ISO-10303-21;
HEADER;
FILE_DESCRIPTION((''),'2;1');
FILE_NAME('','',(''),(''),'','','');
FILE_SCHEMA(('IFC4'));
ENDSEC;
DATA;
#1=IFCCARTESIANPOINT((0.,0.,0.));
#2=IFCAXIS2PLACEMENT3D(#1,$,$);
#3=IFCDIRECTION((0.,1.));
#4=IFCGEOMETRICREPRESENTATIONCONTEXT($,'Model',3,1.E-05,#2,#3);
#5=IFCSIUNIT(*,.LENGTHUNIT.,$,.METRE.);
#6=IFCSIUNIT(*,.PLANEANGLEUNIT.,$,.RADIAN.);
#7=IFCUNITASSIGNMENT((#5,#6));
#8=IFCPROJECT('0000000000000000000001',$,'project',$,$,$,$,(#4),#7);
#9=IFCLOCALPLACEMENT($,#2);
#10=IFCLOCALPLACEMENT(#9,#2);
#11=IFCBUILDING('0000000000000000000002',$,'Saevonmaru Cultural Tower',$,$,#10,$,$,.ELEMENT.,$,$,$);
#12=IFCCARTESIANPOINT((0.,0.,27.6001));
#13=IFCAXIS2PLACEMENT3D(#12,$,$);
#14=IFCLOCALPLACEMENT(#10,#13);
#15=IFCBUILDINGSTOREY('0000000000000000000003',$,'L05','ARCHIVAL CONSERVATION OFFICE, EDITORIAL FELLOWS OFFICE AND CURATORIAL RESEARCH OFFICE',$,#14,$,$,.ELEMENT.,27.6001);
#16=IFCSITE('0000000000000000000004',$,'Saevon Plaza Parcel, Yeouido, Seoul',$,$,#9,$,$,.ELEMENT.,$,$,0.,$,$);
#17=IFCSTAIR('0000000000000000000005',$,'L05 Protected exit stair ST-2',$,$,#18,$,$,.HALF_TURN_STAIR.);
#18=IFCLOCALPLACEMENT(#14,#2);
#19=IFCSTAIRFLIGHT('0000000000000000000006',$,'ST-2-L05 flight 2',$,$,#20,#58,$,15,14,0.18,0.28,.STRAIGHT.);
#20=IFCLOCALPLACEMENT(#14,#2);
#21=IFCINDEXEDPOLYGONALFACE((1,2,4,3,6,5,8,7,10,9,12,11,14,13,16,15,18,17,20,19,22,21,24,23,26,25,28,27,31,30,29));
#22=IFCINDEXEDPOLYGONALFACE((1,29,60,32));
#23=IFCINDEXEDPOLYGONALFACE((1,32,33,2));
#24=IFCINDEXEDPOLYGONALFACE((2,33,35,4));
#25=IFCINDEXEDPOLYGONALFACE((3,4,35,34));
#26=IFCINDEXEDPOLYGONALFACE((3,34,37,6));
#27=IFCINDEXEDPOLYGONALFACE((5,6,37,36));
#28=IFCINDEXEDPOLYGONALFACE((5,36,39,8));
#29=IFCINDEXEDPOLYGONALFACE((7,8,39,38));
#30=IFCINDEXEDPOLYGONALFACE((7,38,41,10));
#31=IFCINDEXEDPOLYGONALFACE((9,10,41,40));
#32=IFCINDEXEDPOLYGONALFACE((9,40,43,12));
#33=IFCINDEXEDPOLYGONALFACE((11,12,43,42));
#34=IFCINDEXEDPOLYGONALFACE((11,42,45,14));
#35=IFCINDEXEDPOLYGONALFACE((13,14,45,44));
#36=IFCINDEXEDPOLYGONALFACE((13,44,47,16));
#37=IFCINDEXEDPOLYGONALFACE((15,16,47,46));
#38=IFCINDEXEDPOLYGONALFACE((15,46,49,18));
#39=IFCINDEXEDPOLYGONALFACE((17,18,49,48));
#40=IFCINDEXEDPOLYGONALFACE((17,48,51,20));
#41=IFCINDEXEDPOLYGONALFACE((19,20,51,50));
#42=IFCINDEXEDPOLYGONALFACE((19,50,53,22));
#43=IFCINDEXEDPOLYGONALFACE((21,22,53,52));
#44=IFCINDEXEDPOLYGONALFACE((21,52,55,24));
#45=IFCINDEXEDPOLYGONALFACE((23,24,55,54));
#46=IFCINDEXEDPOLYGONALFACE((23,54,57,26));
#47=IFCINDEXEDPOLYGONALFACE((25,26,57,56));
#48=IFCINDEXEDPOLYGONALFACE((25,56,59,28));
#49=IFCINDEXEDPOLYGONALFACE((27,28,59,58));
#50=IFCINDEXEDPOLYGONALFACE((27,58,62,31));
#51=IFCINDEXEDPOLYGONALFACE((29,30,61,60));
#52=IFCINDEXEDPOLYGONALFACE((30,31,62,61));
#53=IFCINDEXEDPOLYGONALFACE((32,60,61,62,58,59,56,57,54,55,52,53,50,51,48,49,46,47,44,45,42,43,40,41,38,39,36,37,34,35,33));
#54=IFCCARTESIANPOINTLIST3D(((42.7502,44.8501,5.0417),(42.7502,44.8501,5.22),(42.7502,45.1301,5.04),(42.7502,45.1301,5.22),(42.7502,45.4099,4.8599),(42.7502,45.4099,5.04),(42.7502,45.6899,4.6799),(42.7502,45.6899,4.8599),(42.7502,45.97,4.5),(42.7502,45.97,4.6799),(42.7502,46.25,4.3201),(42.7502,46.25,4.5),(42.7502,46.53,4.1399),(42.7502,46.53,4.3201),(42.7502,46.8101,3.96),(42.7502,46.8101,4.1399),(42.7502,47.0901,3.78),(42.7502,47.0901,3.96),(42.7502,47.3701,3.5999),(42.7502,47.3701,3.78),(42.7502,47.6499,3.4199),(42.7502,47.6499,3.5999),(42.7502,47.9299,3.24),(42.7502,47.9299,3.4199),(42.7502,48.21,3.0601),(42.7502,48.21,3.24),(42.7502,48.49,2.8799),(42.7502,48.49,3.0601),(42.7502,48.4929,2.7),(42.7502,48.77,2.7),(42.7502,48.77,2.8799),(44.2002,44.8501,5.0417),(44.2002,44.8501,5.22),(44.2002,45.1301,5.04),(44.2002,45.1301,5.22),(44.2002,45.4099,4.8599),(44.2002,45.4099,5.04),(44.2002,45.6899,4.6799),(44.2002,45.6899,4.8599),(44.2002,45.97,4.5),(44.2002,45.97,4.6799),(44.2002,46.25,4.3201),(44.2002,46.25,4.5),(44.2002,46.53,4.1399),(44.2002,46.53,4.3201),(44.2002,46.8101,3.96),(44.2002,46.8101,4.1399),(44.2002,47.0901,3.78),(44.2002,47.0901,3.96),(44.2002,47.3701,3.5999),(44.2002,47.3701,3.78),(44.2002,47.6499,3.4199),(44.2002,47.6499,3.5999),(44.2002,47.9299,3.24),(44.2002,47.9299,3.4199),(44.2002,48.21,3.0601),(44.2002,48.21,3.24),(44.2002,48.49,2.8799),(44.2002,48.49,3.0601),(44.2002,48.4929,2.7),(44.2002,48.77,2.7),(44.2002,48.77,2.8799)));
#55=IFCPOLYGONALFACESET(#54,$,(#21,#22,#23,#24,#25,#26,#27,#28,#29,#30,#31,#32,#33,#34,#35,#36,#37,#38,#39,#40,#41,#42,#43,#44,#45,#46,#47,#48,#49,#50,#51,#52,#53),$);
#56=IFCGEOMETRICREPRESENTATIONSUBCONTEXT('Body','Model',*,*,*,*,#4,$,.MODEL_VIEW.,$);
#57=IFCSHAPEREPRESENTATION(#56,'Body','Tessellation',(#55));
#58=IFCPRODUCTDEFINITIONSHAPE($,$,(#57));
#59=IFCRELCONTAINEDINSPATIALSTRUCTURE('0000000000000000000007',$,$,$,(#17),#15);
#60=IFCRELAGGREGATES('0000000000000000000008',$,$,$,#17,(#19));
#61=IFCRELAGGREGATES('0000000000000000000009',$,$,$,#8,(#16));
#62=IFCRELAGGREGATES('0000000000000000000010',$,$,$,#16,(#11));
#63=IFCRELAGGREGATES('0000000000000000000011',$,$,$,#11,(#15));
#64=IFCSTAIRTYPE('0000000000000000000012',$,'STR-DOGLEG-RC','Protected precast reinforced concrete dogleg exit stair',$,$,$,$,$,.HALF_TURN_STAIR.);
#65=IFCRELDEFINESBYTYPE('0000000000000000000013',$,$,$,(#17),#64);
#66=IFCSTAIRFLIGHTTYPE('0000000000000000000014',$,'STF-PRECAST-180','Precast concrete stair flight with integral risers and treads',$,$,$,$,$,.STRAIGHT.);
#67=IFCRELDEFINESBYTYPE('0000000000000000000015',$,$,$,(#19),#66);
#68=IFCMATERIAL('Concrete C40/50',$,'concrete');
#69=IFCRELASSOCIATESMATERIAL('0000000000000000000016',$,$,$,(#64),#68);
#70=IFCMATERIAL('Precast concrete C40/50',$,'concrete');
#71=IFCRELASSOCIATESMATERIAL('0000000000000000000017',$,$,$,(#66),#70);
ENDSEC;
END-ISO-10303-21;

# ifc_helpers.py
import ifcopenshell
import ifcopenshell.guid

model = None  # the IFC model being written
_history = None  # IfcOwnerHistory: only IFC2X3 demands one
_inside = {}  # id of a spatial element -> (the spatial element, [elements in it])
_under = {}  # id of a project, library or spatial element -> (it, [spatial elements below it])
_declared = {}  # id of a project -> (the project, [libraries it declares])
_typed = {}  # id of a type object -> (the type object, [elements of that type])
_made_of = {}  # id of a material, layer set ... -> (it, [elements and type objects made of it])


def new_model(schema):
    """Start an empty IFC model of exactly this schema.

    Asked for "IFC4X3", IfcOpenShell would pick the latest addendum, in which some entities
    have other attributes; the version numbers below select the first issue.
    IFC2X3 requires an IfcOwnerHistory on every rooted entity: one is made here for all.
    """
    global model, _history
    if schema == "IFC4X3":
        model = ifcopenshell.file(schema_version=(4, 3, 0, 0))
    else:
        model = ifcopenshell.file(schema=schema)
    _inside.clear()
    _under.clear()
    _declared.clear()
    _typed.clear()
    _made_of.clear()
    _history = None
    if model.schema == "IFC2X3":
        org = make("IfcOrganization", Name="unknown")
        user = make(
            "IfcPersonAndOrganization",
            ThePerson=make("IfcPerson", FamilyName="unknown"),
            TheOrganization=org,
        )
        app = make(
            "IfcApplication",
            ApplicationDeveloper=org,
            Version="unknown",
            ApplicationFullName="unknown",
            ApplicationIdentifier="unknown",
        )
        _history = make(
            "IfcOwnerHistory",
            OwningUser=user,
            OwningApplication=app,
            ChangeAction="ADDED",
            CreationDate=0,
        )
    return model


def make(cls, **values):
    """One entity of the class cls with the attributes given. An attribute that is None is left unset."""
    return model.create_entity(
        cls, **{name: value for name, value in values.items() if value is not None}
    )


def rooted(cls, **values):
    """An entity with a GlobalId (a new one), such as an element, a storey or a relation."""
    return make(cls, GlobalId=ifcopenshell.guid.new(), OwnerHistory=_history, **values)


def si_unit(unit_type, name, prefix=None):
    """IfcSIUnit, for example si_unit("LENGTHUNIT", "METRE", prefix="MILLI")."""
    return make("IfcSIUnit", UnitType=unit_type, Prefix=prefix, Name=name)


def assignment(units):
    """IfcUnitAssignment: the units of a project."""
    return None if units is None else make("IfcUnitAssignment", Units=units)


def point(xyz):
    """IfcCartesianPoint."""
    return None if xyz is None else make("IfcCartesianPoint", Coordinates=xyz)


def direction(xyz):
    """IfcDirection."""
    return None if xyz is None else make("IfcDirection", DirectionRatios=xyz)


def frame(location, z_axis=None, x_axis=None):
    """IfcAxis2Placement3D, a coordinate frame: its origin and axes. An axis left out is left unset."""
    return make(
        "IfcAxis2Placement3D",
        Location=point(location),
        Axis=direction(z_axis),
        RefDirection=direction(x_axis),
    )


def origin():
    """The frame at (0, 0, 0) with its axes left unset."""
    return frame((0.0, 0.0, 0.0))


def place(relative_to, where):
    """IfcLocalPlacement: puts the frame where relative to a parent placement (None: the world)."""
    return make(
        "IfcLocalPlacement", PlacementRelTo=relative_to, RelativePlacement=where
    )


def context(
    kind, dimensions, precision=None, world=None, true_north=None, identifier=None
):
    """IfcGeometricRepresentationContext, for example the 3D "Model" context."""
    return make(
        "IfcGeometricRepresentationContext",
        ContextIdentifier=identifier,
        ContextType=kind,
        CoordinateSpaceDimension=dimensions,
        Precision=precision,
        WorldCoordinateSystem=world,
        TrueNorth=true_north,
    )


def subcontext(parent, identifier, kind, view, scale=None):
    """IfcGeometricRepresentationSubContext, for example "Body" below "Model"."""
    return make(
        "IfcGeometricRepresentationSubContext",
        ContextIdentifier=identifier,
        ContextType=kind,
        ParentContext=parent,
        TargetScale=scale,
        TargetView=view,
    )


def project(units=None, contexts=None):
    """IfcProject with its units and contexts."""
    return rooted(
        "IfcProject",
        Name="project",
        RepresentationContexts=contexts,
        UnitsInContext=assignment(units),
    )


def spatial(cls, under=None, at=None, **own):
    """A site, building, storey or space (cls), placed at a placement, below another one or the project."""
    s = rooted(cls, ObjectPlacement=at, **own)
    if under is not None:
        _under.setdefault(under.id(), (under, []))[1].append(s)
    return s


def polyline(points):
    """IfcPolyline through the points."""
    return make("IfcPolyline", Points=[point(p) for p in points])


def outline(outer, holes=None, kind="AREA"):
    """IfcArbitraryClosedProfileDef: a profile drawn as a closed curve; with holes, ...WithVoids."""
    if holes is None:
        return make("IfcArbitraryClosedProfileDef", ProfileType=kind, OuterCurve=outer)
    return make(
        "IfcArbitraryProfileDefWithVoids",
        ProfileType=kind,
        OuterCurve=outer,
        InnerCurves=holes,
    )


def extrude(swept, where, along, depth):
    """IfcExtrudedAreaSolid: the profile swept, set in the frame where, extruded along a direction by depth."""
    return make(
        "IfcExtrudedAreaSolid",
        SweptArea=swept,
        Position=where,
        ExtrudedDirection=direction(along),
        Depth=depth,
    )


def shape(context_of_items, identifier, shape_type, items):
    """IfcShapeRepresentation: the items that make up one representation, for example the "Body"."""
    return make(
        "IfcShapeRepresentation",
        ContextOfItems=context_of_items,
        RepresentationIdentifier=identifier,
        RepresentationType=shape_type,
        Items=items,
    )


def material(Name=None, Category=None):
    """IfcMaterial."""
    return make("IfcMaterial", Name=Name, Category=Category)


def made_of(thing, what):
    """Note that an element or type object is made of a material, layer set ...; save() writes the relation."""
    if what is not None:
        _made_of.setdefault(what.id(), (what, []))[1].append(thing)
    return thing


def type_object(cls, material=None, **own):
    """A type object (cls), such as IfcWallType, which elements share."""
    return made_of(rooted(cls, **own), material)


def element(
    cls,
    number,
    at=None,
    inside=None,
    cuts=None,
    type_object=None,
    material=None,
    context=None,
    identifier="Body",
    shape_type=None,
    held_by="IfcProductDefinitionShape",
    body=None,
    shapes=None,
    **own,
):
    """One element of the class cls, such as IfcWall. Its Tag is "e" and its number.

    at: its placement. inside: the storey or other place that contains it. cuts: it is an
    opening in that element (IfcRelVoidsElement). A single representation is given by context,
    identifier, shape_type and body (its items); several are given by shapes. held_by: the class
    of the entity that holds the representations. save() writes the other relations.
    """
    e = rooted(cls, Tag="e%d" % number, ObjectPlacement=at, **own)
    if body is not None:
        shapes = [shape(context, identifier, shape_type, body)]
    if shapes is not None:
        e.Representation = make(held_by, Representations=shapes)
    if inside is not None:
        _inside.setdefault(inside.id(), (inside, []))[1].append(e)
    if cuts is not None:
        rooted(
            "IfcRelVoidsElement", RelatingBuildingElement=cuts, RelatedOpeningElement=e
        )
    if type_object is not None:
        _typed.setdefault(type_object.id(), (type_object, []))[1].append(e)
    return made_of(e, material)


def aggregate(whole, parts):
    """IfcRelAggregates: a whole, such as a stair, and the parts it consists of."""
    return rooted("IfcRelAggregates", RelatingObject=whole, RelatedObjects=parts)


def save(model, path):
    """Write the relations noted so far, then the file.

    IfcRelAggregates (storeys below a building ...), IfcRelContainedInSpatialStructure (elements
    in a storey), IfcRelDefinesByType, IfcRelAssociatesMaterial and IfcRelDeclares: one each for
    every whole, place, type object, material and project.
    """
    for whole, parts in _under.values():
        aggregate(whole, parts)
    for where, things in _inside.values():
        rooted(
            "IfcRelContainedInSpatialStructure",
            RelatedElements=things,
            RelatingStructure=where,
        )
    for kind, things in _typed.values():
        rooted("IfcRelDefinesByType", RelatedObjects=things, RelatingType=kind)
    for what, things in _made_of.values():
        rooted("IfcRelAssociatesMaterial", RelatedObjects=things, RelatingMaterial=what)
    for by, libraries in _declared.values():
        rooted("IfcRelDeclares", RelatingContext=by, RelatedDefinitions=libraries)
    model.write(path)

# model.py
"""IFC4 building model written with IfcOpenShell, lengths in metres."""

from ifc_helpers import new_model, si_unit, direction, frame, origin, place, context, subcontext, project, spatial, polyline, outline, extrude, material, type_object, element, aggregate, save


model = new_model("IFC4")

# Units and contexts
model_context = context("Model", 3, precision=1e-05, world=origin(), true_north=direction((0.0, 1.0)))
body_context = subcontext(model_context, "Body", "Model", "MODEL_VIEW")
ifc_project = project(units=[si_unit("LENGTHUNIT", "METRE"), si_unit("PLANEANGLEUNIT", "RADIAN")], contexts=[model_context])

# Site, building, storey
site_placement = place(None, origin())
site = spatial("IfcSite", under=ifc_project, at=site_placement, Name="Saevon Plaza Parcel, Yeouido, Seoul", CompositionType="ELEMENT", RefElevation=0.0)
building_placement = place(site_placement, origin())
building = spatial("IfcBuilding", under=site, at=building_placement, Name="Saevonmaru Cultural Tower", CompositionType="ELEMENT")
storey_placement = place(building_placement, frame((0.0, 0.0, 27.6001)))
storey = spatial("IfcBuildingStorey", under=building, at=storey_placement, Name="L05", Description="ARCHIVAL CONSERVATION OFFICE, EDITORIAL FELLOWS OFFICE AND CURATORIAL RESEARCH OFFICE", CompositionType="ELEMENT", Elevation=27.6001)

# Shared definitions
ifc_material_1 = material(Name="Concrete C40/50", Category="concrete")

# Stair, stair flight
stair_type = type_object("IfcStairType", Name="STR-DOGLEG-RC", Description="Protected precast reinforced concrete dogleg exit stair", PredefinedType="HALF_TURN_STAIR", material=ifc_material_1)
stair_placement = place(storey_placement, origin())
stair = element("IfcStair", 1, at=stair_placement, inside=storey, type_object=stair_type, Name="L05 Protected exit stair ST-2", PredefinedType="HALF_TURN_STAIR")
ifc_material_2 = material(Name="Precast concrete C40/50", Category="concrete")
stair_flight_type = type_object("IfcStairFlightType", Name="STF-PRECAST-180", Description="Precast concrete stair flight with integral risers and treads", PredefinedType="STRAIGHT", material=ifc_material_2)
stair_flight_1_placement = place(storey_placement, frame((43.4751, 48.77, 2.7), z_axis=(0.0, 0.0, 1.0), x_axis=(0.0, -1.0, 0.0)))
stair_flight_1 = element("IfcStairFlight", 2, at=stair_flight_1_placement, type_object=stair_flight_type, Name="ST-2-L05 flight 2", NumberOfRisers=15, NumberOfTreads=14, PredefinedType="STRAIGHT", RiserHeight=0.18, TreadLength=0.28, context=body_context, shape_type="SweptSolid", body=[
    extrude(outline(polyline([(0.0, 0.0), (0.0, 0.1799), (0.28, 0.1799), (0.28, 0.3601), (0.5601, 0.3601), (0.5601, 0.54), (0.8401, 0.54), (0.8401, 0.72), (1.1201, 0.72), (1.1201, 0.8999), (1.3999, 0.8999), (1.3999, 1.0801), (1.6799, 1.0801), (1.6799, 1.26), (1.96, 1.26), (1.96, 1.4399), (2.24, 1.4399), (2.24, 1.6201), (2.52, 1.6201), (2.52, 1.8), (2.8, 1.8), (2.8, 1.98), (3.0801, 1.98), (3.0801, 2.1599), (3.3601, 2.1599), (3.3601, 2.3401), (3.6399, 2.3401), (3.6399, 2.52), (3.9199, 2.52), (3.9199, 2.7), (3.9199, 2.3418), (0.2771, 0.0), (0.0, 0.0)])), frame((0.0, 0.7251, 0.0), z_axis=(0.0, -1.0, 0.0), x_axis=(1.0, 0.0, 0.0)), (0.0, 0.0, 1.0), 1.45),
])
aggregate(stair, [stair_flight_1])

save(model, "model.ifc")
